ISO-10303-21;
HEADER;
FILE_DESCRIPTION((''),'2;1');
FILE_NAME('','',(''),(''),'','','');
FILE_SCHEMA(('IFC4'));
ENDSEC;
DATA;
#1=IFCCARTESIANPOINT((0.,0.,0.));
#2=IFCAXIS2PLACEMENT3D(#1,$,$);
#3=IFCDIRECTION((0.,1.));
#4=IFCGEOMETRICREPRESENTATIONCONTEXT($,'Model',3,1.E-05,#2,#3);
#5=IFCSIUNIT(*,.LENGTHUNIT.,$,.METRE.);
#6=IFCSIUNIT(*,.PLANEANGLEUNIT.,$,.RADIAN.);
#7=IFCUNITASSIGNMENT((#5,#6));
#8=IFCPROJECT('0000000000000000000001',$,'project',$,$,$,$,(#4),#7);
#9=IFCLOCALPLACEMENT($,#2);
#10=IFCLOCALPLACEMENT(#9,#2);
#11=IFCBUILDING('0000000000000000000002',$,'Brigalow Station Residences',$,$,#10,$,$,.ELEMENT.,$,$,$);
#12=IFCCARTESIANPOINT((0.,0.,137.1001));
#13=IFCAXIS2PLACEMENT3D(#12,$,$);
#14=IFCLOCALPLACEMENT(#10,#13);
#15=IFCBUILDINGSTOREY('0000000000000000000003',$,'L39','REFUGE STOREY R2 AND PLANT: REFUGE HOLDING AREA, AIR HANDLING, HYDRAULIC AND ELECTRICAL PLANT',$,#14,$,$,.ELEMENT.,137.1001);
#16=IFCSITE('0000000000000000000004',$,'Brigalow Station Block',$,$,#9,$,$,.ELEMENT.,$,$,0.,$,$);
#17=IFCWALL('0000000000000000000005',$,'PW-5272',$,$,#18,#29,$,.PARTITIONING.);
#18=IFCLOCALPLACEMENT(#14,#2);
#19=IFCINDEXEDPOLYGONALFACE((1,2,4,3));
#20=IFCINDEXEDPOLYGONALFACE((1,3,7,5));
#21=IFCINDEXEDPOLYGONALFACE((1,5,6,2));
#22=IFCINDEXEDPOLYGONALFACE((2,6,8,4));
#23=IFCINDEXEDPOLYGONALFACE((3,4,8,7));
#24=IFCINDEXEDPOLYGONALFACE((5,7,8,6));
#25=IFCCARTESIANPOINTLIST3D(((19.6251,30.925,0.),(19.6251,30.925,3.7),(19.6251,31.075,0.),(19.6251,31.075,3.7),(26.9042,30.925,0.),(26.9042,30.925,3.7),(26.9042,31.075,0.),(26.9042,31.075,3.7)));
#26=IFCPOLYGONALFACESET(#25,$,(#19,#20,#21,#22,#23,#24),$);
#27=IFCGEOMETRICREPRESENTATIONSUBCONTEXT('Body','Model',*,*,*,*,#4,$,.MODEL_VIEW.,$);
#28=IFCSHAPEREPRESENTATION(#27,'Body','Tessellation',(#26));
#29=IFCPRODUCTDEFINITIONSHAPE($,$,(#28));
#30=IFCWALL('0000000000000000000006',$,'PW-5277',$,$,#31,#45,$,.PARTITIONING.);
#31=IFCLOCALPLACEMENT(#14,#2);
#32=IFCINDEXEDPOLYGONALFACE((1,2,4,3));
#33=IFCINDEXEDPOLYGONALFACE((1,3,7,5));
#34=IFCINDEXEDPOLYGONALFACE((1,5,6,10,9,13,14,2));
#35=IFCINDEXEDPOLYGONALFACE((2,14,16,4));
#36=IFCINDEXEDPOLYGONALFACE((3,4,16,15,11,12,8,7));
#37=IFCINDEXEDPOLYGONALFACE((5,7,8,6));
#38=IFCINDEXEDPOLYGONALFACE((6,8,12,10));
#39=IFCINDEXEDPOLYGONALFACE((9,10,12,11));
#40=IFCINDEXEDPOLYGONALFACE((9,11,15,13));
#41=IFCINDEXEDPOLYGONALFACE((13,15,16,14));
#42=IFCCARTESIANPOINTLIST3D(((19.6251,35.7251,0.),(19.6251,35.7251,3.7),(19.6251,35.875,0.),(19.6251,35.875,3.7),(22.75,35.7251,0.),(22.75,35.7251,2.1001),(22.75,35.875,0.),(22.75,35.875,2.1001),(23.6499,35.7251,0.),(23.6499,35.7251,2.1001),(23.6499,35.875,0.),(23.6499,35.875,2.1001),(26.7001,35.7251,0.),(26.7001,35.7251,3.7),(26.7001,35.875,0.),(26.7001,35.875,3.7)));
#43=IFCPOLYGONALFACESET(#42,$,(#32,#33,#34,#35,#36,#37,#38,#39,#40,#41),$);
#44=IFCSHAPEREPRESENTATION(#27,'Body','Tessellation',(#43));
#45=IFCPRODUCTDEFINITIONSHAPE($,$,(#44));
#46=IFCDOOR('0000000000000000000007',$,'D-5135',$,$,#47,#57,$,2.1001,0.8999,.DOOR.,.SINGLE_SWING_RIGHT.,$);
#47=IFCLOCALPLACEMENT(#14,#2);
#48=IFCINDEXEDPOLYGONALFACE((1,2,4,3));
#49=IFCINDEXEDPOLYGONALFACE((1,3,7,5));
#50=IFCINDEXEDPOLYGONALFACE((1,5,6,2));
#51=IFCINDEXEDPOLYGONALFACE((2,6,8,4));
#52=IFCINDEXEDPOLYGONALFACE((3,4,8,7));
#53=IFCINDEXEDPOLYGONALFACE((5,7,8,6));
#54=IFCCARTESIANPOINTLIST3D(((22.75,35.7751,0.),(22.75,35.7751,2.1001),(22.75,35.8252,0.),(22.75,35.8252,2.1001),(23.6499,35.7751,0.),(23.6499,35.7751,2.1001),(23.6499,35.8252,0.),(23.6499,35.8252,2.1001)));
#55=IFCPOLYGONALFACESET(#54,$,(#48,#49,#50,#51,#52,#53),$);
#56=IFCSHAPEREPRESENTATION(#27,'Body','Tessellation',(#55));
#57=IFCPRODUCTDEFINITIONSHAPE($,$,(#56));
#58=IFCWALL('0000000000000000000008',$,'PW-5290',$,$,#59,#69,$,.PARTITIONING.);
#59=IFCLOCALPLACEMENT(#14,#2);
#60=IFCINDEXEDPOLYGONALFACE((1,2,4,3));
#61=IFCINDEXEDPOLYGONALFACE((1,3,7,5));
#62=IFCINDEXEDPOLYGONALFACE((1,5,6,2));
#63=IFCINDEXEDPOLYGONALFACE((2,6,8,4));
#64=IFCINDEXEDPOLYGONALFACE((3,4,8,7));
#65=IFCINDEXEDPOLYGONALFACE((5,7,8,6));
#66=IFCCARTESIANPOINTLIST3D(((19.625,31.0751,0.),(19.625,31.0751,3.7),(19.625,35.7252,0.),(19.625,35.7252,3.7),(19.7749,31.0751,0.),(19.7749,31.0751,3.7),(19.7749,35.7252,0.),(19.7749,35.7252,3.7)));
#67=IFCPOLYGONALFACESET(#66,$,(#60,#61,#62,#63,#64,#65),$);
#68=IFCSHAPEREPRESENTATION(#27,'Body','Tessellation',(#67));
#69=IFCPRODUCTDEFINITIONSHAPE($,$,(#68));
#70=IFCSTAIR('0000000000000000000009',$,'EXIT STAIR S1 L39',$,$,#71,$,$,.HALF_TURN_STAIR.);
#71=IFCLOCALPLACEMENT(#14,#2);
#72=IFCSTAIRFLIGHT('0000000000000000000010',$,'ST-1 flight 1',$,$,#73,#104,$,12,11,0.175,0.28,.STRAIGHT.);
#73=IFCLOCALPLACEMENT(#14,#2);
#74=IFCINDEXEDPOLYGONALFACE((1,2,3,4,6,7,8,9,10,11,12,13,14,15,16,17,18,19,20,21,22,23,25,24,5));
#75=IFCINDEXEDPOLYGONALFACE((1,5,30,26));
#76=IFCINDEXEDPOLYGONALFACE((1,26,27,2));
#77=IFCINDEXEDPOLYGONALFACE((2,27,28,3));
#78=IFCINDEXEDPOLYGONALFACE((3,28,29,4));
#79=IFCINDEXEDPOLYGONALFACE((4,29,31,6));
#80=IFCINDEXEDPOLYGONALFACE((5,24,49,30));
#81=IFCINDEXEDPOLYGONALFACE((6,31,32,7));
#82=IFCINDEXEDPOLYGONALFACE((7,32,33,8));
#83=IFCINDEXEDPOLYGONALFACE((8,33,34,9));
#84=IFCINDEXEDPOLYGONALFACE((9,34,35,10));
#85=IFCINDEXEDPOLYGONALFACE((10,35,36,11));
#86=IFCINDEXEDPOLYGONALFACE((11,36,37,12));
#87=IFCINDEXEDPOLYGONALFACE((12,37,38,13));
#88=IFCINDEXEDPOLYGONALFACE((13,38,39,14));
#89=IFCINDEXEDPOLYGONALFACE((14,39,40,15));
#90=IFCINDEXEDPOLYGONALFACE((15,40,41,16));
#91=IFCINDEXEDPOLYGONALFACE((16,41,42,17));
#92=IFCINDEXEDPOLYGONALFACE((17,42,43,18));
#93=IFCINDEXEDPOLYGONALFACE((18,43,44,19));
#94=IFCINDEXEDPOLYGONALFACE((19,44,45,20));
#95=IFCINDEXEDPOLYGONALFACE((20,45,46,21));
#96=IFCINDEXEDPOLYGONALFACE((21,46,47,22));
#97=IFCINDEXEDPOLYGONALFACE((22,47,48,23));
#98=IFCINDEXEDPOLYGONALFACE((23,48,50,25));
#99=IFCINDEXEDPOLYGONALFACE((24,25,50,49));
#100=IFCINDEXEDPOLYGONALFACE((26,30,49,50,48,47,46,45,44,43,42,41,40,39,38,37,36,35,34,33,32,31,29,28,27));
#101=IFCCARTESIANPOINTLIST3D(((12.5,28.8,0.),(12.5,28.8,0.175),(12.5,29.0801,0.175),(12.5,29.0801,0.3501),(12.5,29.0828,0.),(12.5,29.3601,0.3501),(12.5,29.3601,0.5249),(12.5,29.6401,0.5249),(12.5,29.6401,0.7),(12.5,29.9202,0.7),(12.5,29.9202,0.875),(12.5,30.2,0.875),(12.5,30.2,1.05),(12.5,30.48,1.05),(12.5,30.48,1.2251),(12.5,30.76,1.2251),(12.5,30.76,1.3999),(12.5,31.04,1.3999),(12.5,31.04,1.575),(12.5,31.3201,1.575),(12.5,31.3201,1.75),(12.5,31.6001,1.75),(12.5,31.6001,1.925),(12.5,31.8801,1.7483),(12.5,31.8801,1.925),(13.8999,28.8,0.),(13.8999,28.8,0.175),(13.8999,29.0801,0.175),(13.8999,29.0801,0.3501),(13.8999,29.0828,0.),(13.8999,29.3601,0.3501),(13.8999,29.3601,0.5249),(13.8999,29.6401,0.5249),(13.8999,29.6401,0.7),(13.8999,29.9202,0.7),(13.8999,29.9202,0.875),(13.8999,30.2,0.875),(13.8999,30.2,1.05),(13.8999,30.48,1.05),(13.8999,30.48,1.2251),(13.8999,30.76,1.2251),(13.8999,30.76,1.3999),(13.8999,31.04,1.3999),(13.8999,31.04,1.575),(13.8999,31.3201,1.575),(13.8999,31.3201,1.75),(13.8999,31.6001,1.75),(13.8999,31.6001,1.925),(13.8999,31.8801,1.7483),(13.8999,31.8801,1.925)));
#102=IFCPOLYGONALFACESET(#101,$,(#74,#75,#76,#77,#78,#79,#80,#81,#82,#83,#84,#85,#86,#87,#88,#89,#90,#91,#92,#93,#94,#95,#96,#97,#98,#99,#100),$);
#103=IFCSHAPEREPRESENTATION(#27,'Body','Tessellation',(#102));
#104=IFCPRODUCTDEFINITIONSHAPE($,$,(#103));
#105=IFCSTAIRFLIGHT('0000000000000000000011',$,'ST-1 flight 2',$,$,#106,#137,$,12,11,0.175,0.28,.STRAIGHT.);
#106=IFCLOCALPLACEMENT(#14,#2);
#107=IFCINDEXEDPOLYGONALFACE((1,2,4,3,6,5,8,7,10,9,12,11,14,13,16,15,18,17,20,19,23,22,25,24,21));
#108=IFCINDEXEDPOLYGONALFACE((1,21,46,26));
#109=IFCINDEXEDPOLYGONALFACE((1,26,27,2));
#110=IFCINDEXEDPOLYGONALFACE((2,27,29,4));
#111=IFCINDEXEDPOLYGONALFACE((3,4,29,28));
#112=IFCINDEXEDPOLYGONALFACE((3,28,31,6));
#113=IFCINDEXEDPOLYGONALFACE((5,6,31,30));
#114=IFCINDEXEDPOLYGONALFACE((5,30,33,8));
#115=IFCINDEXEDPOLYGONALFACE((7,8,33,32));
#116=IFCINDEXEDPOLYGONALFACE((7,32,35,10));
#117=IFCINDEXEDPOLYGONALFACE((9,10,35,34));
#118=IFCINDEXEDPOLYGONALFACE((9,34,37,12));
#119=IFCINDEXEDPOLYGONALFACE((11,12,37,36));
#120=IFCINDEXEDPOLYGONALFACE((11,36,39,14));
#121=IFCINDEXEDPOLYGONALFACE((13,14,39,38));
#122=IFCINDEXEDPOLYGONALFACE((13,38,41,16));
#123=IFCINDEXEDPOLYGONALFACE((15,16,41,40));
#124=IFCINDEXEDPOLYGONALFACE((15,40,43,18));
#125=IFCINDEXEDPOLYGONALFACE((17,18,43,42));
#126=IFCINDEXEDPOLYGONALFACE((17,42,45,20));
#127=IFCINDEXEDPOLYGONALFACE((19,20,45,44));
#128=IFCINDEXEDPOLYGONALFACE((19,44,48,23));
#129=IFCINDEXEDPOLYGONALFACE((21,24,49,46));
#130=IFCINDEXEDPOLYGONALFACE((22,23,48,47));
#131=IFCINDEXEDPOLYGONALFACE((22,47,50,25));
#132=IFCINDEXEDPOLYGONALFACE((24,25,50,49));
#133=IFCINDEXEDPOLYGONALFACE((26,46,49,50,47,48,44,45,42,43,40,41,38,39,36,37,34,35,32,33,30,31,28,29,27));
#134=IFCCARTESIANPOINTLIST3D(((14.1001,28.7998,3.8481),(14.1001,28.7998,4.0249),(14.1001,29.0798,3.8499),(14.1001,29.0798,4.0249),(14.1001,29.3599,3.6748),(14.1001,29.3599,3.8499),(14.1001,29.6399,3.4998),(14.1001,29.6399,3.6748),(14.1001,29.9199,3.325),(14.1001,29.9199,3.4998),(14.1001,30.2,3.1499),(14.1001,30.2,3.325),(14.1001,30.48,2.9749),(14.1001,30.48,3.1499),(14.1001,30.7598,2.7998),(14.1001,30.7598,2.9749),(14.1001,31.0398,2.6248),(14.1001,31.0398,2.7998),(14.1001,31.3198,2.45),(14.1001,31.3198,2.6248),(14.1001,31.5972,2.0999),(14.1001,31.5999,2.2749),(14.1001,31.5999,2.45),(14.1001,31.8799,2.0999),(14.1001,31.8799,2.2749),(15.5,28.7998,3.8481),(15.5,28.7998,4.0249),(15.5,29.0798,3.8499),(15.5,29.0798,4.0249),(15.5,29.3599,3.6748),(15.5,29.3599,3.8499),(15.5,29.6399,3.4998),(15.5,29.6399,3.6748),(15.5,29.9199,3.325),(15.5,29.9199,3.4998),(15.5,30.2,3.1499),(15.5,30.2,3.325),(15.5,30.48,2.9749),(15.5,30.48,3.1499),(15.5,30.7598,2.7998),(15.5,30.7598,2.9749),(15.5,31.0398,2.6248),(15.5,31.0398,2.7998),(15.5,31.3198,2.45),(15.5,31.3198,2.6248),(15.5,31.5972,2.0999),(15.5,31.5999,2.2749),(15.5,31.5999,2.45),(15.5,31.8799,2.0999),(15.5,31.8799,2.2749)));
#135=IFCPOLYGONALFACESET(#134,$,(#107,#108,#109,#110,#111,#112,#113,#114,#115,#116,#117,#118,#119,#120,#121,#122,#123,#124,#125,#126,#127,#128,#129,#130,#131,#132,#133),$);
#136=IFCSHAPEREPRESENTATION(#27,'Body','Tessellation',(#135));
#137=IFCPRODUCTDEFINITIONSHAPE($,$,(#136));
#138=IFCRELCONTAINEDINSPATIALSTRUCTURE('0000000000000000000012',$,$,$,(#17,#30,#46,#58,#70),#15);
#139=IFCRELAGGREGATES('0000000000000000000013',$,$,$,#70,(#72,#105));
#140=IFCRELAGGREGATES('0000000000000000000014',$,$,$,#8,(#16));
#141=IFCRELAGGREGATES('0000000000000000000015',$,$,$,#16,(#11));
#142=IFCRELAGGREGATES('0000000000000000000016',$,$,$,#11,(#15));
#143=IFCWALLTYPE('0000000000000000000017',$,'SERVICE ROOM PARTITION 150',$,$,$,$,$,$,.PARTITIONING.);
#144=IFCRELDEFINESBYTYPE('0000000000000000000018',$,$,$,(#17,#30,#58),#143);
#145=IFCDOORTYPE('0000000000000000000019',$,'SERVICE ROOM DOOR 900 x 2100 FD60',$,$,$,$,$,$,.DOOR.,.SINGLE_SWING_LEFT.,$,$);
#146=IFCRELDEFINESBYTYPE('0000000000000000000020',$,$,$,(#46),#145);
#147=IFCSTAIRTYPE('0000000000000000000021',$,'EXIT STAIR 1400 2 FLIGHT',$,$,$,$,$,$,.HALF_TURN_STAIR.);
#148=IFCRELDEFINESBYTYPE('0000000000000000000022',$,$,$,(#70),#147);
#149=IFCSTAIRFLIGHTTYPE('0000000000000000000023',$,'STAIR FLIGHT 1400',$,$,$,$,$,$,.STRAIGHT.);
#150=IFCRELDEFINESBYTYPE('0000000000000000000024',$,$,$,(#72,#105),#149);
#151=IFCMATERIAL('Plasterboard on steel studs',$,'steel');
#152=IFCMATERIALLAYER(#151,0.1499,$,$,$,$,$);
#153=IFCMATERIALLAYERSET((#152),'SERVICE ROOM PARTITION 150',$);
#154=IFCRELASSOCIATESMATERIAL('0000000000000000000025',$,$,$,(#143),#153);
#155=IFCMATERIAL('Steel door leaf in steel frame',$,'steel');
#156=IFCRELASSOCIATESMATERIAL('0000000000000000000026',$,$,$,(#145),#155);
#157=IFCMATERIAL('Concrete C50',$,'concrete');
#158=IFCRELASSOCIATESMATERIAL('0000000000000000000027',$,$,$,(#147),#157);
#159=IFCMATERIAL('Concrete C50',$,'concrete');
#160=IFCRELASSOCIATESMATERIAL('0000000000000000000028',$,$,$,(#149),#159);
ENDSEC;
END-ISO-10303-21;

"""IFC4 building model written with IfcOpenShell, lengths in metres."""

from ifc_helpers import new_model, si_unit, direction, frame, frame_2d, origin, place, context, subcontext, project, spatial, polyline, rectangle, outline, extrude, material, layer, layer_set, type_object, element, fill, aggregate, save


model = new_model("IFC4")

# Units and contexts
model_context = context("Model", 3, precision=1e-05, world=origin(), true_north=direction((0.0, 1.0)))
body_context = subcontext(model_context, "Body", "Model", "MODEL_VIEW")
ifc_project = project(units=[si_unit("LENGTHUNIT", "METRE"), si_unit("PLANEANGLEUNIT", "RADIAN")], contexts=[model_context])

# Site, building, storey
site_placement = place(None, origin())
site = spatial("IfcSite", under=ifc_project, at=site_placement, Name="Brigalow Station Block", CompositionType="ELEMENT", RefElevation=0.0)
building_placement = place(site_placement, origin())
building = spatial("IfcBuilding", under=site, at=building_placement, Name="Brigalow Station Residences", CompositionType="ELEMENT")
storey_placement = place(building_placement, frame((0.0, 0.0, 137.1001)))
storey = spatial("IfcBuildingStorey", under=building, at=storey_placement, Name="L39", Description="REFUGE STOREY R2 AND PLANT: REFUGE HOLDING AREA, AIR HANDLING, HYDRAULIC AND ELECTRICAL PLANT", CompositionType="ELEMENT", Elevation=137.1001)

# Wall
ifc_material_1 = material(Name="Plasterboard on steel studs", Category="steel")
ifc_layer_1 = layer(ifc_material_1, 0.1499)
ifc_layer_set_1 = layer_set([ifc_layer_1], Name="SERVICE ROOM PARTITION 150")
wall_type_1 = type_object("IfcWallType", Name="SERVICE ROOM PARTITION 150", PredefinedType="PARTITIONING", material=ifc_layer_set_1)
wall_1_placement = place(storey_placement, frame((19.625, 31.0, 0.0), z_axis=(0.0, 0.0, 1.0), x_axis=(1.0, 0.0, 0.0)))
element("IfcWall", 1, at=wall_1_placement, inside=storey, type_object=wall_type_1, Name="PW-5272", PredefinedType="PARTITIONING", context=body_context, shape_type="SweptSolid", body=[
    extrude(rectangle(XDim=7.2791, YDim=0.1499, at=frame_2d((3.6396, 0.0))), origin(), (0.0, 0.0, 1.0), 3.7),
])

# Wall, opening, door
wall_2_placement = place(storey_placement, frame((19.625, 35.8, 0.0), z_axis=(0.0, 0.0, 1.0), x_axis=(1.0, 0.0, 0.0)))
wall_2 = element("IfcWall", 2, at=wall_2_placement, inside=storey, type_object=wall_type_1, Name="PW-5277", PredefinedType="PARTITIONING", context=body_context, shape_type="SweptSolid", body=[
    extrude(rectangle(XDim=7.075, YDim=0.1499, at=frame_2d((3.5376, 0.0))), origin(), (0.0, 0.0, 1.0), 3.7),
])
opening_placement = place(wall_2_placement, frame((3.125, 0.0, 0.0)))
opening = element("IfcOpeningElement", 3, at=opening_placement, cuts=wall_2, PredefinedType="OPENING", context=body_context, shape_type="SweptSolid", body=[
    extrude(rectangle(XDim=0.8999, YDim=2.1001, at=frame_2d((0.45, 1.05))), frame((0.0, 0.085, 0.0), z_axis=(0.0, -1.0, 0.0), x_axis=(1.0, 0.0, 0.0)), (0.0, 0.0, 1.0), 0.1699),
])
ifc_material_2 = material(Name="Steel door leaf in steel frame", Category="steel")
door_type = type_object("IfcDoorType", Name="SERVICE ROOM DOOR 900 x 2100 FD60", OperationType="SINGLE_SWING_LEFT", PredefinedType="DOOR", material=ifc_material_2)
door_placement = place(opening_placement, frame((0.8999, 0.0, 0.0), z_axis=(0.0, 0.0, 1.0), x_axis=(-1.0, 0.0, 0.0)))
door = element("IfcDoor", 4, at=door_placement, inside=storey, type_object=door_type, Name="D-5135", OperationType="SINGLE_SWING_RIGHT", OverallHeight=2.1001, OverallWidth=0.8999, PredefinedType="DOOR", context=body_context, shape_type="SweptSolid", body=[
    extrude(rectangle(XDim=0.8999, YDim=2.1001, at=frame_2d((0.45, 1.05))), frame((0.0, 0.0249, 0.0), z_axis=(0.0, -1.0, 0.0), x_axis=(1.0, 0.0, 0.0)), (0.0, 0.0, 1.0), 0.05),
])
fill(opening, door)

# Wall
wall_3_placement = place(storey_placement, frame((19.7, 31.075, 0.0), z_axis=(0.0, 0.0, 1.0), x_axis=(0.0, 1.0, 0.0)))
element("IfcWall", 5, at=wall_3_placement, inside=storey, type_object=wall_type_1, Name="PW-5290", PredefinedType="PARTITIONING", context=body_context, shape_type="SweptSolid", body=[
    extrude(rectangle(XDim=4.6501, YDim=0.1499, at=frame_2d((2.3252, 0.0))), origin(), (0.0, 0.0, 1.0), 3.7),
])

# Stair, stair flights
ifc_material_3 = material(Name="Concrete C50", Category="concrete")
stair_type = type_object("IfcStairType", Name="EXIT STAIR 1400 2 FLIGHT", PredefinedType="HALF_TURN_STAIR", material=ifc_material_3)
stair_placement = place(storey_placement, origin())
stair = element("IfcStair", 6, at=stair_placement, inside=storey, type_object=stair_type, Name="EXIT STAIR S1 L39", PredefinedType="HALF_TURN_STAIR")
ifc_material_4 = material(Name="Concrete C50", Category="concrete")
stair_flight_type = type_object("IfcStairFlightType", Name="STAIR FLIGHT 1400", PredefinedType="STRAIGHT", material=ifc_material_4)
stair_flight_1_placement = place(storey_placement, frame((13.2, 28.8, 0.0), z_axis=(0.0, 0.0, 1.0), x_axis=(0.0, 1.0, 0.0)))
stair_flight_1 = element("IfcStairFlight", 7, at=stair_flight_1_placement, type_object=stair_flight_type, Name="ST-1 flight 1", NumberOfRisers=12, NumberOfTreads=11, PredefinedType="STRAIGHT", RiserHeight=0.175, TreadLength=0.28, context=body_context, shape_type="SweptSolid", body=[
    extrude(outline(polyline([(0.0, 0.0), (0.0, 0.175), (0.28, 0.175), (0.28, 0.3501), (0.5601, 0.3501), (0.5601, 0.5249), (0.8401, 0.5249), (0.8401, 0.7), (1.1201, 0.7), (1.1201, 0.875), (1.3999, 0.875), (1.3999, 1.05), (1.6799, 1.05), (1.6799, 1.2251), (1.96, 1.2251), (1.96, 1.3999), (2.24, 1.3999), (2.24, 1.575), (2.52, 1.575), (2.52, 1.75), (2.8, 1.75), (2.8, 1.925), (3.0801, 1.925), (3.0801, 2.1001), (3.0801, 1.7483), (0.2827, 0.0), (0.0, 0.0)])), frame((0.0, 0.7, 0.0), z_axis=(0.0, -1.0, 0.0), x_axis=(1.0, 0.0, 0.0)), (0.0, 0.0, 1.0), 1.3999),
])
stair_flight_2_placement = place(storey_placement, frame((14.8, 31.8799, 2.0999), z_axis=(0.0, 0.0, 1.0), x_axis=(0.0, -1.0, 0.0)))
stair_flight_2 = element("IfcStairFlight", 8, at=stair_flight_2_placement, type_object=stair_flight_type, Name="ST-1 flight 2", NumberOfRisers=12, NumberOfTreads=11, PredefinedType="STRAIGHT", RiserHeight=0.175, TreadLength=0.28, context=body_context, shape_type="SweptSolid", body=[
    extrude(outline(polyline([(0.0, 0.0), (0.0, 0.175), (0.28, 0.175), (0.28, 0.3501), (0.5601, 0.3501), (0.5601, 0.5249), (0.8401, 0.5249), (0.8401, 0.7), (1.1201, 0.7), (1.1201, 0.875), (1.3999, 0.875), (1.3999, 1.05), (1.6799, 1.05), (1.6799, 1.2251), (1.96, 1.2251), (1.96, 1.3999), (2.24, 1.3999), (2.24, 1.575), (2.52, 1.575), (2.52, 1.75), (2.8, 1.75), (2.8, 1.925), (3.0801, 1.925), (3.0801, 2.1001), (3.0801, 1.7483), (0.2827, 0.0), (0.0, 0.0)])), frame((0.0, 0.7, 0.0), z_axis=(0.0, -1.0, 0.0), x_axis=(1.0, 0.0, 0.0)), (0.0, 0.0, 1.0), 1.3999),
])
aggregate(stair, [stair_flight_1, stair_flight_2])

save(model, "model.ifc")
